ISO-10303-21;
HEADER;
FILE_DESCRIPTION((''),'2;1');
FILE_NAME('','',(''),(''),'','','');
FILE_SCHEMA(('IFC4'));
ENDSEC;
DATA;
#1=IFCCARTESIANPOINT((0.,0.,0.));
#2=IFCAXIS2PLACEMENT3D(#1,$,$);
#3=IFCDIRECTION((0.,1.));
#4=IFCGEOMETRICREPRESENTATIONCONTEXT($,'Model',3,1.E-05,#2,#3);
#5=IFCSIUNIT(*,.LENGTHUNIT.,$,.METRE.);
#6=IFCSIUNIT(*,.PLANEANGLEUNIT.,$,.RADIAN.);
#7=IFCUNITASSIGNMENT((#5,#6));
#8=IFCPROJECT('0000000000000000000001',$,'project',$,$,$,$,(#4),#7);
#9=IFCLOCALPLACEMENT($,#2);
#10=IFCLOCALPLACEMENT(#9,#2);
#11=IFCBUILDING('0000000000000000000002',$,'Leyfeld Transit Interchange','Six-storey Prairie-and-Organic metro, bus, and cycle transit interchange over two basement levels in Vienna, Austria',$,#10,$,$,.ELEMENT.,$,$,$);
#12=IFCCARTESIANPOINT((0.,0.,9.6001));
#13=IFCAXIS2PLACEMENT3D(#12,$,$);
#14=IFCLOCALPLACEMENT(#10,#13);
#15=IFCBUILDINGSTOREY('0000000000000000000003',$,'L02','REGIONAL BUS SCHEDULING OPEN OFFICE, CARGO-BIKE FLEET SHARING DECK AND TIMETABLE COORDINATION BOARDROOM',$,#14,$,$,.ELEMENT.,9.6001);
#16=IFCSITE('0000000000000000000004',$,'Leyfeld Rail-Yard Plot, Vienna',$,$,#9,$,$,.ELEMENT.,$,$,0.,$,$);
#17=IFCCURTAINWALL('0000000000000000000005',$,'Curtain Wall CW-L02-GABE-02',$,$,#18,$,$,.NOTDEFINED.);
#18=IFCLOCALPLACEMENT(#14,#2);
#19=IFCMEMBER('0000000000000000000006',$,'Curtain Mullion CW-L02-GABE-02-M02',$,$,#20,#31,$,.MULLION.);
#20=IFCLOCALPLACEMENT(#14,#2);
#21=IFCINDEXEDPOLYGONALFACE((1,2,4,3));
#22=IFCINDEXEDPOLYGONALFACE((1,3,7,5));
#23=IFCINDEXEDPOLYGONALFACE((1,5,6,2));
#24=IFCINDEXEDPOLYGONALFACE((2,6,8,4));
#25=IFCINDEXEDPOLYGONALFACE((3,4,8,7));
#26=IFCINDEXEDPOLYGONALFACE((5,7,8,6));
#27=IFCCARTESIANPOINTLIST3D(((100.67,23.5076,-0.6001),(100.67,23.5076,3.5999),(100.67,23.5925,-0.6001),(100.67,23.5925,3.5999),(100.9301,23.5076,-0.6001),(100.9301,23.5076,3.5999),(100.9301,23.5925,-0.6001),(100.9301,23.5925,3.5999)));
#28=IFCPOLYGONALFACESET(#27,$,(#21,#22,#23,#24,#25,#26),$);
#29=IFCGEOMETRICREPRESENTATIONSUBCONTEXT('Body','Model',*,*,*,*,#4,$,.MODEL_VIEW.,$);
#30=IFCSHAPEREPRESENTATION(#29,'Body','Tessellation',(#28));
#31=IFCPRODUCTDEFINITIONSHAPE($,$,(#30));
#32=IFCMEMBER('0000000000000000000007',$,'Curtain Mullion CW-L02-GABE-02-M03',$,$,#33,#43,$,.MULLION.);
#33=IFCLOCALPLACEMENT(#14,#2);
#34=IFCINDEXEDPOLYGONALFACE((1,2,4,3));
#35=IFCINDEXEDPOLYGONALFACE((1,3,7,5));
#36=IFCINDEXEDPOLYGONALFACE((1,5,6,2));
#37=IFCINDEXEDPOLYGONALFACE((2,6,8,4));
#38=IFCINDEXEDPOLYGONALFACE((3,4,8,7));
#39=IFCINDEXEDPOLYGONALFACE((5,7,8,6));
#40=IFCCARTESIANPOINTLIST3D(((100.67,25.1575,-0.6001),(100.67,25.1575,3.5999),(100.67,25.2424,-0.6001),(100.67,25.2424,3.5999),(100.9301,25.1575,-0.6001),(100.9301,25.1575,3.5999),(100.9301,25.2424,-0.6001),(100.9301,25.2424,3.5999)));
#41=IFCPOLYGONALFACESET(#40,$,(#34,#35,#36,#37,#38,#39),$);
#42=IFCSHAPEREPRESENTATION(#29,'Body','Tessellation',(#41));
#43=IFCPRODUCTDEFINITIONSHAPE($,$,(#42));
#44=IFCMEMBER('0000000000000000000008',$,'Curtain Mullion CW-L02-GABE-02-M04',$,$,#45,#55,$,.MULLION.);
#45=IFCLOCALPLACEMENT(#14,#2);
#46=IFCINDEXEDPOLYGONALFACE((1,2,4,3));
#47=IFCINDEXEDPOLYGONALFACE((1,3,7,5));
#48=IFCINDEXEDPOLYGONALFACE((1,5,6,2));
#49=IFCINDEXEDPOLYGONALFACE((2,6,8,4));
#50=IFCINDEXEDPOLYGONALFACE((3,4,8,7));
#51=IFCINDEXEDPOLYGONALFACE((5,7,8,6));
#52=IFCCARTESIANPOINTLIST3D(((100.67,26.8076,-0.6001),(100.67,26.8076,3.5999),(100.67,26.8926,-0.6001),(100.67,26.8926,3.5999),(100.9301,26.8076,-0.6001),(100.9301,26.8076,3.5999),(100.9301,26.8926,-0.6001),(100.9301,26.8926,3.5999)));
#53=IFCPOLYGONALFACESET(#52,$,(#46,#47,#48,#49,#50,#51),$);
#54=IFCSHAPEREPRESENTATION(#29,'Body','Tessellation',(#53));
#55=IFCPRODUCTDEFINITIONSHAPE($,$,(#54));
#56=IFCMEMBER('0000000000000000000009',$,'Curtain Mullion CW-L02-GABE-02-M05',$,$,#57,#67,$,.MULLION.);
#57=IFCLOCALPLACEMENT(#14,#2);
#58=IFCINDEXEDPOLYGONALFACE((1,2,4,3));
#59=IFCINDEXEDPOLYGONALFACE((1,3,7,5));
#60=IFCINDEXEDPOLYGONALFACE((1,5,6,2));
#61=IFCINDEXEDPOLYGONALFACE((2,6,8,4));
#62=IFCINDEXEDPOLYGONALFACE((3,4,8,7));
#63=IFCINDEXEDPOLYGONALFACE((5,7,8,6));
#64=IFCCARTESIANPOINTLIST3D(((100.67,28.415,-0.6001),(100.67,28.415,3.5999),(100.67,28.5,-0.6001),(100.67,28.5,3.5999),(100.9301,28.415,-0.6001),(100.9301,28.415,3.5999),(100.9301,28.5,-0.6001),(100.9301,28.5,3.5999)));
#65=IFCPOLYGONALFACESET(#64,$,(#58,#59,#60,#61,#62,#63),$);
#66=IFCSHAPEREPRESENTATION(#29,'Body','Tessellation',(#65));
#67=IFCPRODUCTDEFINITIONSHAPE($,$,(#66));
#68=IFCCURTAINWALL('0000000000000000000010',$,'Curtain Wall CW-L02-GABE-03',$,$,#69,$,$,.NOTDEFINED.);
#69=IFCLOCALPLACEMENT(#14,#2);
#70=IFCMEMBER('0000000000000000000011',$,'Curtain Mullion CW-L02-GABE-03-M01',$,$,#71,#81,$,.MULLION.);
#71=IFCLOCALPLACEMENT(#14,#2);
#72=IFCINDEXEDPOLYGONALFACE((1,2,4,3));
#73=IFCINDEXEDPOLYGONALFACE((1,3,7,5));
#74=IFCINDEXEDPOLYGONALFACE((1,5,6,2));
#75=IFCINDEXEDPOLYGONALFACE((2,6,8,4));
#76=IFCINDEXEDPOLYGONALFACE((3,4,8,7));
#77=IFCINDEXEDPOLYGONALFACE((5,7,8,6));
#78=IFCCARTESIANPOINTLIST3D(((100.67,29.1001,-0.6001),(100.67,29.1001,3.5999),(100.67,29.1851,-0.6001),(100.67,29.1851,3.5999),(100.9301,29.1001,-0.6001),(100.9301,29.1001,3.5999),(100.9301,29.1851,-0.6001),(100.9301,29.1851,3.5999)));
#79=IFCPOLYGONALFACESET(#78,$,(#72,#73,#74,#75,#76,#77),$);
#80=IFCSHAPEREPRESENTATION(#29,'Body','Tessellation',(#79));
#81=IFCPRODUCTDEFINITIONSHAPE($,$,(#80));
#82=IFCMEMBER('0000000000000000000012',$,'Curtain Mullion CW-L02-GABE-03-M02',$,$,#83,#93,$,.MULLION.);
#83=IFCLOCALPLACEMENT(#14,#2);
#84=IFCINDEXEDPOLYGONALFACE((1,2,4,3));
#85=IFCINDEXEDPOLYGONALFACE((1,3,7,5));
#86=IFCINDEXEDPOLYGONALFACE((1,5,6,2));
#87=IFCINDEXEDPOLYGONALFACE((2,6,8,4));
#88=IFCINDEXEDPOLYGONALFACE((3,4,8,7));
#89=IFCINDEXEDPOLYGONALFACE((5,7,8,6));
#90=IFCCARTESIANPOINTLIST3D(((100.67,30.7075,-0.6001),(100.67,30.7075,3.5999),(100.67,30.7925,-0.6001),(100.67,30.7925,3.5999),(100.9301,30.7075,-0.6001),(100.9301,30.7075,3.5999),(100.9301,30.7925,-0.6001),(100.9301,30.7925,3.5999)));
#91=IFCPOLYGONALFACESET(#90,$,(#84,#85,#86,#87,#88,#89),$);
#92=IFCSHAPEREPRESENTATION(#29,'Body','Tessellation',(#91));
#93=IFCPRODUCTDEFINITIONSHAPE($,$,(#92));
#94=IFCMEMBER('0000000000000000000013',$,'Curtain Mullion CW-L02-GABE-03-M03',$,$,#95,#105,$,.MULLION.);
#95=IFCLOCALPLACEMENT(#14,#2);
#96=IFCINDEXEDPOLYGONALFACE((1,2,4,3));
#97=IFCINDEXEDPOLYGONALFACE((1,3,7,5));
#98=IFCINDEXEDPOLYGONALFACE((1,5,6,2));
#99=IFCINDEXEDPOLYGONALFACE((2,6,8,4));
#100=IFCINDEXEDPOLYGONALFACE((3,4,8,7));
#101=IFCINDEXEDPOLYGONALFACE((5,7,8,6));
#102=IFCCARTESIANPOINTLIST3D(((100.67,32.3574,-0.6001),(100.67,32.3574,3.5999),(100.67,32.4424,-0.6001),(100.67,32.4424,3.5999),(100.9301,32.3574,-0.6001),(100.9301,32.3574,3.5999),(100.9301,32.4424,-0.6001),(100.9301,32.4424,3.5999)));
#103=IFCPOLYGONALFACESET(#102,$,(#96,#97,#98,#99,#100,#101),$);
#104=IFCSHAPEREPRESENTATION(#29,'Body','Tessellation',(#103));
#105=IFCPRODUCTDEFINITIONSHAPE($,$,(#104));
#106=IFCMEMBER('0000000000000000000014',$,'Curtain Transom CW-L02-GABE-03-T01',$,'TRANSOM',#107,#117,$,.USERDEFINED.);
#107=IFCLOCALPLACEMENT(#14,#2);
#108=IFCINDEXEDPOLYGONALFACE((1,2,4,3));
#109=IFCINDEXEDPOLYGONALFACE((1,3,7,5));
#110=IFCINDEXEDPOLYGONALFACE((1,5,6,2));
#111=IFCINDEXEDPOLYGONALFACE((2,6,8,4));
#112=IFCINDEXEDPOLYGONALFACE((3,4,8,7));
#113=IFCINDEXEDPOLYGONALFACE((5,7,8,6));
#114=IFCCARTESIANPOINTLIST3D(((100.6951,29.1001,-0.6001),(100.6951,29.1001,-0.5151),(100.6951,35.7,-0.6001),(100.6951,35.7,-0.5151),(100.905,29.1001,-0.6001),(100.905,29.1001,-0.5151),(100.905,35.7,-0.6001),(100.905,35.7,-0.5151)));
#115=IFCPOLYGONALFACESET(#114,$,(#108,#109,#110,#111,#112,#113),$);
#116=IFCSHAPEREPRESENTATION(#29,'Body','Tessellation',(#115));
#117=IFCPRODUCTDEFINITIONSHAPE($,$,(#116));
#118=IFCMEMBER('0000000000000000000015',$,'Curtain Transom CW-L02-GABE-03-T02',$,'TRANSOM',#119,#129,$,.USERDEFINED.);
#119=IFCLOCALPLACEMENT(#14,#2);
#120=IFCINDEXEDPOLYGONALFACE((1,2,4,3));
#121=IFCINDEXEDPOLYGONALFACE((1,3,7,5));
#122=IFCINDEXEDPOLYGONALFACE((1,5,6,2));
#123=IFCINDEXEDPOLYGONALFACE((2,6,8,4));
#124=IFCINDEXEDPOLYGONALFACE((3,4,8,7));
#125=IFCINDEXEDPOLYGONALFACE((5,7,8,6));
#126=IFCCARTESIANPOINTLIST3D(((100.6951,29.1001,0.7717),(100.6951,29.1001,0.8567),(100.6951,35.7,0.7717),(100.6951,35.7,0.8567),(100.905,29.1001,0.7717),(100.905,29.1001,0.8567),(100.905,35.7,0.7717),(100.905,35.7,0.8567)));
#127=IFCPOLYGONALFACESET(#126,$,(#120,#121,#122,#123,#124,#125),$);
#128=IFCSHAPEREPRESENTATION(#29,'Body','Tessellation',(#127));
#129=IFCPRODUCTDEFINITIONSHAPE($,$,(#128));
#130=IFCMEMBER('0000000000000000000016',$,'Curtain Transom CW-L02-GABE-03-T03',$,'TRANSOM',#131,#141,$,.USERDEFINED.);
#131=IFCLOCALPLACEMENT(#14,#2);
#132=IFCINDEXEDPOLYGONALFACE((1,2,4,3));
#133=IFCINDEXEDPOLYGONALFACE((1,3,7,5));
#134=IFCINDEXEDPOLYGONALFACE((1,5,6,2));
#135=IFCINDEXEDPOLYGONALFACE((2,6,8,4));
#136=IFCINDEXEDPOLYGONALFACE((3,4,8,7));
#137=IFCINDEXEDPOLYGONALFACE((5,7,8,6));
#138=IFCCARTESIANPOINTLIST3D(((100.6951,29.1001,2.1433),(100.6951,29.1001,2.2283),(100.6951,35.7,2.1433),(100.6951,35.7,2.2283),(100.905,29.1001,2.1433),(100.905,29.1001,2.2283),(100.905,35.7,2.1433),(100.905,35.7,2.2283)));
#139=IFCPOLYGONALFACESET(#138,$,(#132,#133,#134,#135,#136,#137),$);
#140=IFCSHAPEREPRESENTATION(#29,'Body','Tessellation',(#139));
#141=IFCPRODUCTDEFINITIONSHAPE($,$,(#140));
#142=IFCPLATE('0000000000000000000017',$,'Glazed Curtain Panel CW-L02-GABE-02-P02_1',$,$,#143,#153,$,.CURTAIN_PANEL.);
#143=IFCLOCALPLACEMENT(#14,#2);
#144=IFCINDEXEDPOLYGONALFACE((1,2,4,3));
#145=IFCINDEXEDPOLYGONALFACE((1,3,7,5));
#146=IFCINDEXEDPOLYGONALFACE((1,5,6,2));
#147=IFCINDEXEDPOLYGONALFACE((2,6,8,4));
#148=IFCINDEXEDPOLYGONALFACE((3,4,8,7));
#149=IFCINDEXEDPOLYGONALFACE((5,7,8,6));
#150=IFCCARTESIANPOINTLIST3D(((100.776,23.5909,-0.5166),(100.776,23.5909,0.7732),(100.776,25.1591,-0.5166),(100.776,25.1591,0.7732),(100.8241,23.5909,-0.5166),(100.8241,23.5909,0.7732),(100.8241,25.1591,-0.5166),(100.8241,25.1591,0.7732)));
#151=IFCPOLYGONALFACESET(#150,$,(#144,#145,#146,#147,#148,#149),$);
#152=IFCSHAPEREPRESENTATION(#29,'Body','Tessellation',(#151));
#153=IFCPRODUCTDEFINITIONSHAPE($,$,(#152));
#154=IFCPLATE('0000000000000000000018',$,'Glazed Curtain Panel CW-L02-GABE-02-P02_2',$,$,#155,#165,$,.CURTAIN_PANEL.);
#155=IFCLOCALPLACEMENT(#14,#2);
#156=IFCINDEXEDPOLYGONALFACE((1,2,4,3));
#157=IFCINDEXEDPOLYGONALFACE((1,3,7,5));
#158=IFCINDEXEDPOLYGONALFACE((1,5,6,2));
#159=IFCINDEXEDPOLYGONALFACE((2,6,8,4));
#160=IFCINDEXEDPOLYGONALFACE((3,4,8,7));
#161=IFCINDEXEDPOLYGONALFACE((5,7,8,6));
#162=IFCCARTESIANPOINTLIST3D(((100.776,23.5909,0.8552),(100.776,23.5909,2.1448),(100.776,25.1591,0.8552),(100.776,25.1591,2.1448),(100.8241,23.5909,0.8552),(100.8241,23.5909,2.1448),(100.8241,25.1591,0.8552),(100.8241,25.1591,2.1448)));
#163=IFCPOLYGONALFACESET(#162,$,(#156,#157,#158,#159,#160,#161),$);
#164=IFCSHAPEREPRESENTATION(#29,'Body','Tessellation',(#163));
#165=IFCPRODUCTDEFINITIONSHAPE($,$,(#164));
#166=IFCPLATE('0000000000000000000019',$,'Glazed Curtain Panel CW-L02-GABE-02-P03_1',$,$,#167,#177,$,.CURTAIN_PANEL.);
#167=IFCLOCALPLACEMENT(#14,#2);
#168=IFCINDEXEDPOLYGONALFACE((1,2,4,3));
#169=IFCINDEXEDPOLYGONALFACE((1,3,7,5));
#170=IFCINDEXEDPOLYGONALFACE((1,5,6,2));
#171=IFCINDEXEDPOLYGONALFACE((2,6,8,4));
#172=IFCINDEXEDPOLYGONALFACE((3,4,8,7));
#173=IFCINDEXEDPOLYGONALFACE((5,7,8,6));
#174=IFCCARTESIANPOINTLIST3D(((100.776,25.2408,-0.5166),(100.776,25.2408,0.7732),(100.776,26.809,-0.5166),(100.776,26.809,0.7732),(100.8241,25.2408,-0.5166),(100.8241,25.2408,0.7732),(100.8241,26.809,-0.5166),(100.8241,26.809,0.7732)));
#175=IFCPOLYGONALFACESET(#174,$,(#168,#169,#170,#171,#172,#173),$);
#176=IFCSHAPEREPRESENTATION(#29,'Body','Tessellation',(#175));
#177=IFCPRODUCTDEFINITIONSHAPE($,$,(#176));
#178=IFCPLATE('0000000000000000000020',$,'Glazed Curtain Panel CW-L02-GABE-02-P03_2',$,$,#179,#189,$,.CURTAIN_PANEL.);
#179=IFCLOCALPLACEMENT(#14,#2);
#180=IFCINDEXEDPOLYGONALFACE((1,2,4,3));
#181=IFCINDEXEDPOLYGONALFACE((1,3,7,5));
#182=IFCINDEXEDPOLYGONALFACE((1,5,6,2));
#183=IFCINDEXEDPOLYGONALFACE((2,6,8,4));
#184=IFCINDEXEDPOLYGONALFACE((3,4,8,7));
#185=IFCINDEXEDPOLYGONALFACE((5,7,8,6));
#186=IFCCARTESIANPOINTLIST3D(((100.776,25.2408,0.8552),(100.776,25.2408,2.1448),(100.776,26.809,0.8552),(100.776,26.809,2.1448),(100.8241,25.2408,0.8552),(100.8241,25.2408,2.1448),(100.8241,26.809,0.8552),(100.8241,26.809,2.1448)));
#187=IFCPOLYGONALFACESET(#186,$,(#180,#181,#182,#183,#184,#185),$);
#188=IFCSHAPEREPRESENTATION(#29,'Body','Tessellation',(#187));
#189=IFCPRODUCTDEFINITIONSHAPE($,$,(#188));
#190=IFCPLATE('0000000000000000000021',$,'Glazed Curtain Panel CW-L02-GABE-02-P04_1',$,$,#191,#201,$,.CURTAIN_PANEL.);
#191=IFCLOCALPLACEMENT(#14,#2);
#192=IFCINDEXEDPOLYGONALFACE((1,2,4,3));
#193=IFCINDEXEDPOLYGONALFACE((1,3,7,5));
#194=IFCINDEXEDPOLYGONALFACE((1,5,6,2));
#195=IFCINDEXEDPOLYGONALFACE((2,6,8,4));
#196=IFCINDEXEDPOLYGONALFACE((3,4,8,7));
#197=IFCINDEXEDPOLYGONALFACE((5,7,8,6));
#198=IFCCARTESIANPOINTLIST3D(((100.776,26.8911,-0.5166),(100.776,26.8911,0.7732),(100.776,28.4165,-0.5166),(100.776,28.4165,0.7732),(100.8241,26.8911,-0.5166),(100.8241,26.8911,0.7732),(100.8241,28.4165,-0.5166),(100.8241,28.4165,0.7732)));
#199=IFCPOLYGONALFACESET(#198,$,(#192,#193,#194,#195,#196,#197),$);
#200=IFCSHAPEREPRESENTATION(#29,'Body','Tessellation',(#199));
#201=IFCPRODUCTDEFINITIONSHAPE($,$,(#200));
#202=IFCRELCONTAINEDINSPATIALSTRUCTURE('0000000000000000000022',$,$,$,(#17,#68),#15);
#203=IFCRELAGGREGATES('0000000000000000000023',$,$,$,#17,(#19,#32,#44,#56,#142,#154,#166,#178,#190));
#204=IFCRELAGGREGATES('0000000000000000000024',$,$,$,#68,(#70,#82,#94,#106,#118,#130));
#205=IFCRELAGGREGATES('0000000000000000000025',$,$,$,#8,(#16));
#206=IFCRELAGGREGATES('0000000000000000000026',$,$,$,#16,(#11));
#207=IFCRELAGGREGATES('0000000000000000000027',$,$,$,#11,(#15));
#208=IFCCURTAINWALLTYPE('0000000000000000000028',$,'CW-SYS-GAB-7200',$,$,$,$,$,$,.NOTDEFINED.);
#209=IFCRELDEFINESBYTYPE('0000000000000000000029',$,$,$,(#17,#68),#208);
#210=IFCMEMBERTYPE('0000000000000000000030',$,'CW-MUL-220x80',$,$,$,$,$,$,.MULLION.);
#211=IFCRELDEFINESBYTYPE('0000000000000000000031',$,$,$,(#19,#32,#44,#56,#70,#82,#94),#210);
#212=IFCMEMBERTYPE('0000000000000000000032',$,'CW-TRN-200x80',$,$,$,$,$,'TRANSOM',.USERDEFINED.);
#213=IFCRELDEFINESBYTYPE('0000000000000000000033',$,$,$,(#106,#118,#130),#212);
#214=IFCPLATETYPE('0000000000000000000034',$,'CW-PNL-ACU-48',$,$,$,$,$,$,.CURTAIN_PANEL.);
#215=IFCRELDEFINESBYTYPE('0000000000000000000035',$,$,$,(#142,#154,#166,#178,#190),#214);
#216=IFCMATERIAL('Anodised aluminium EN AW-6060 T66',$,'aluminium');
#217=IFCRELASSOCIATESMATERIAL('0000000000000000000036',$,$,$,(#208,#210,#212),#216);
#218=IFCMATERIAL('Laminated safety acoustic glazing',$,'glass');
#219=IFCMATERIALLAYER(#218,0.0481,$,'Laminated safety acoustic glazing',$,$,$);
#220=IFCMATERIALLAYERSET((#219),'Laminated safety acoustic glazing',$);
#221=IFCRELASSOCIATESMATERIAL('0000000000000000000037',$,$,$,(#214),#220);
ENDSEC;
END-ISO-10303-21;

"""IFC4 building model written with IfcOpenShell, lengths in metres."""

from ifc_helpers import new_model, si_unit, direction, frame, origin, origin_2d, place, context, subcontext, project, spatial, rectangle, extrude, material, layer, layer_set, material_profile, profile_set, type_object, element, aggregate, save


model = new_model("IFC4")

# Units and contexts
model_context = context("Model", 3, precision=1e-05, world=origin(), true_north=direction((0.0, 1.0)))
body_context = subcontext(model_context, "Body", "Model", "MODEL_VIEW")
ifc_project = project(units=[si_unit("LENGTHUNIT", "METRE"), si_unit("PLANEANGLEUNIT", "RADIAN")], contexts=[model_context])

# Site, building, storey
site_placement = place(None, origin())
site = spatial("IfcSite", under=ifc_project, at=site_placement, Name="Leyfeld Rail-Yard Plot, Vienna", CompositionType="ELEMENT", RefElevation=0.0)
building_placement = place(site_placement, origin())
building = spatial("IfcBuilding", under=site, at=building_placement, Name="Leyfeld Transit Interchange", Description="Six-storey Prairie-and-Organic metro, bus, and cycle transit interchange over two basement levels in Vienna, Austria", CompositionType="ELEMENT")
storey_placement = place(building_placement, frame((0.0, 0.0, 9.6001)))
storey = spatial("IfcBuildingStorey", under=building, at=storey_placement, Name="L02", Description="REGIONAL BUS SCHEDULING OPEN OFFICE, CARGO-BIKE FLEET SHARING DECK AND TIMETABLE COORDINATION BOARDROOM", CompositionType="ELEMENT", Elevation=9.6001)

# Curtain walls, members
ifc_material_1 = material(Name="Anodised aluminium EN AW-6060 T66", Category="aluminium")
curtain_wall_type = type_object("IfcCurtainWallType", Name="CW-SYS-GAB-7200", PredefinedType="NOTDEFINED", material=ifc_material_1)
curtain_wall_1_placement = place(storey_placement, origin())
curtain_wall_1 = element("IfcCurtainWall", 1, at=curtain_wall_1_placement, inside=storey, type_object=curtain_wall_type, Name="Curtain Wall CW-L02-GABE-02", PredefinedType="NOTDEFINED")
ifc_material_profile_1 = material_profile(ifc_material_1, rectangle(XDim=0.085, YDim=0.26, at=origin_2d()), Name="CW-M 85x260")
ifc_profile_set_1 = profile_set([ifc_material_profile_1], Name="Anodised aluminium EN AW-6060 T66")
member_type_1 = type_object("IfcMemberType", Name="CW-MUL-220x80", PredefinedType="MULLION", material=ifc_profile_set_1)
member_1_placement = place(storey_placement, frame((100.8, 23.55, -0.6001), z_axis=(0.0, 0.0, 1.0), x_axis=(0.0, 1.0, 0.0)))
member_1 = element("IfcMember", 2, at=member_1_placement, type_object=member_type_1, Name="Curtain Mullion CW-L02-GABE-02-M02", PredefinedType="MULLION", context=body_context, shape_type="SweptSolid", body=[
    extrude(rectangle(XDim=0.085, YDim=0.26, at=origin_2d()), origin(), (0.0, 0.0, 1.0), 4.2),
])
member_2_placement = place(storey_placement, frame((100.8, 25.2, -0.6001), z_axis=(0.0, 0.0, 1.0), x_axis=(0.0, 1.0, 0.0)))
member_2 = element("IfcMember", 3, at=member_2_placement, type_object=member_type_1, Name="Curtain Mullion CW-L02-GABE-02-M03", PredefinedType="MULLION", context=body_context, shape_type="SweptSolid", body=[
    extrude(rectangle(XDim=0.085, YDim=0.26, at=origin_2d()), origin(), (0.0, 0.0, 1.0), 4.2),
])
member_3_placement = place(storey_placement, frame((100.8, 26.8501, -0.6001), z_axis=(0.0, 0.0, 1.0), x_axis=(0.0, 1.0, 0.0)))
member_3 = element("IfcMember", 4, at=member_3_placement, type_object=member_type_1, Name="Curtain Mullion CW-L02-GABE-02-M04", PredefinedType="MULLION", context=body_context, shape_type="SweptSolid", body=[
    extrude(rectangle(XDim=0.085, YDim=0.26, at=origin_2d()), origin(), (0.0, 0.0, 1.0), 4.2),
])
member_4_placement = place(storey_placement, frame((100.8, 28.4575, -0.6001), z_axis=(0.0, 0.0, 1.0), x_axis=(0.0, 1.0, 0.0)))
member_4 = element("IfcMember", 5, at=member_4_placement, type_object=member_type_1, Name="Curtain Mullion CW-L02-GABE-02-M05", PredefinedType="MULLION", context=body_context, shape_type="SweptSolid", body=[
    extrude(rectangle(XDim=0.085, YDim=0.26, at=origin_2d()), origin(), (0.0, 0.0, 1.0), 4.2),
])
curtain_wall_2_placement = place(storey_placement, origin())
curtain_wall_2 = element("IfcCurtainWall", 6, at=curtain_wall_2_placement, inside=storey, type_object=curtain_wall_type, Name="Curtain Wall CW-L02-GABE-03", PredefinedType="NOTDEFINED")
member_5_placement = place(storey_placement, frame((100.8, 29.1426, -0.6001), z_axis=(0.0, 0.0, 1.0), x_axis=(0.0, 1.0, 0.0)))
member_5 = element("IfcMember", 7, at=member_5_placement, type_object=member_type_1, Name="Curtain Mullion CW-L02-GABE-03-M01", PredefinedType="MULLION", context=body_context, shape_type="SweptSolid", body=[
    extrude(rectangle(XDim=0.085, YDim=0.26, at=origin_2d()), origin(), (0.0, 0.0, 1.0), 4.2),
])
member_6_placement = place(storey_placement, frame((100.8, 30.75, -0.6001), z_axis=(0.0, 0.0, 1.0), x_axis=(0.0, 1.0, 0.0)))
member_6 = element("IfcMember", 8, at=member_6_placement, type_object=member_type_1, Name="Curtain Mullion CW-L02-GABE-03-M02", PredefinedType="MULLION", context=body_context, shape_type="SweptSolid", body=[
    extrude(rectangle(XDim=0.085, YDim=0.26, at=origin_2d()), origin(), (0.0, 0.0, 1.0), 4.2),
])
member_7_placement = place(storey_placement, frame((100.8, 32.3999, -0.6001), z_axis=(0.0, 0.0, 1.0), x_axis=(0.0, 1.0, 0.0)))
member_7 = element("IfcMember", 9, at=member_7_placement, type_object=member_type_1, Name="Curtain Mullion CW-L02-GABE-03-M03", PredefinedType="MULLION", context=body_context, shape_type="SweptSolid", body=[
    extrude(rectangle(XDim=0.085, YDim=0.26, at=origin_2d()), origin(), (0.0, 0.0, 1.0), 4.2),
])
ifc_material_profile_2 = material_profile(ifc_material_1, rectangle(XDim=0.21, YDim=0.085, at=origin_2d()), Name="CW-TRN-200x80")
ifc_profile_set_2 = profile_set([ifc_material_profile_2], Name="Anodised aluminium EN AW-6060 T66")
member_type_2 = type_object("IfcMemberType", Name="CW-TRN-200x80", ElementType="TRANSOM", PredefinedType="USERDEFINED", material=ifc_profile_set_2)
member_8_placement = place(storey_placement, frame((100.8, 29.1001, -0.5576), z_axis=(0.0, 1.0, 0.0), x_axis=(-1.0, 0.0, 0.0)))
member_8 = element("IfcMember", 10, at=member_8_placement, type_object=member_type_2, Name="Curtain Transom CW-L02-GABE-03-T01", ObjectType="TRANSOM", PredefinedType="USERDEFINED", context=body_context, shape_type="SweptSolid", body=[
    extrude(rectangle(XDim=0.21, YDim=0.085, at=origin_2d()), origin(), (0.0, 0.0, 1.0), 6.5999),
])
member_9_placement = place(storey_placement, frame((100.8, 29.1001, 0.8142), z_axis=(0.0, 1.0, 0.0), x_axis=(-1.0, 0.0, 0.0)))
member_9 = element("IfcMember", 11, at=member_9_placement, type_object=member_type_2, Name="Curtain Transom CW-L02-GABE-03-T02", ObjectType="TRANSOM", PredefinedType="USERDEFINED", context=body_context, shape_type="SweptSolid", body=[
    extrude(rectangle(XDim=0.21, YDim=0.085, at=origin_2d()), origin(), (0.0, 0.0, 1.0), 6.5999),
])
member_10_placement = place(storey_placement, frame((100.8, 29.1001, 2.1858), z_axis=(0.0, 1.0, 0.0), x_axis=(-1.0, 0.0, 0.0)))
member_10 = element("IfcMember", 12, at=member_10_placement, type_object=member_type_2, Name="Curtain Transom CW-L02-GABE-03-T03", ObjectType="TRANSOM", PredefinedType="USERDEFINED", context=body_context, shape_type="SweptSolid", body=[
    extrude(rectangle(XDim=0.21, YDim=0.085, at=origin_2d()), origin(), (0.0, 0.0, 1.0), 6.5999),
])

# Plates
ifc_material_2 = material(Name="Laminated safety acoustic glazing", Category="glass")
ifc_layer = layer(ifc_material_2, 0.0481, Name="Laminated safety acoustic glazing")
ifc_layer_set = layer_set([ifc_layer], Name="Laminated safety acoustic glazing")
plate_type = type_object("IfcPlateType", Name="CW-PNL-ACU-48", PredefinedType="CURTAIN_PANEL", material=ifc_layer_set)
plate_1_placement = place(storey_placement, frame((100.8, 24.375, -0.5166), z_axis=(0.0, 0.0, 1.0), x_axis=(0.0, 1.0, 0.0)))
plate_1 = element("IfcPlate", 13, at=plate_1_placement, type_object=plate_type, Name="Glazed Curtain Panel CW-L02-GABE-02-P02_1", PredefinedType="CURTAIN_PANEL", context=body_context, shape_type="SweptSolid", body=[
    extrude(rectangle(XDim=1.5681, YDim=0.0481, at=origin_2d()), origin(), (0.0, 0.0, 1.0), 1.2898),
])
plate_2_placement = place(storey_placement, frame((100.8, 24.375, 0.8552), z_axis=(0.0, 0.0, 1.0), x_axis=(0.0, 1.0, 0.0)))
plate_2 = element("IfcPlate", 14, at=plate_2_placement, type_object=plate_type, Name="Glazed Curtain Panel CW-L02-GABE-02-P02_2", PredefinedType="CURTAIN_PANEL", context=body_context, shape_type="SweptSolid", body=[
    extrude(rectangle(XDim=1.5681, YDim=0.0481, at=origin_2d()), origin(), (0.0, 0.0, 1.0), 1.2896),
])
plate_3_placement = place(storey_placement, frame((100.8, 26.0249, -0.5166), z_axis=(0.0, 0.0, 1.0), x_axis=(0.0, 1.0, 0.0)))
plate_3 = element("IfcPlate", 15, at=plate_3_placement, type_object=plate_type, Name="Glazed Curtain Panel CW-L02-GABE-02-P03_1", PredefinedType="CURTAIN_PANEL", context=body_context, shape_type="SweptSolid", body=[
    extrude(rectangle(XDim=1.5681, YDim=0.0481, at=origin_2d()), origin(), (0.0, 0.0, 1.0), 1.2898),
])
plate_4_placement = place(storey_placement, frame((100.8, 26.0249, 0.8552), z_axis=(0.0, 0.0, 1.0), x_axis=(0.0, 1.0, 0.0)))
plate_4 = element("IfcPlate", 16, at=plate_4_placement, type_object=plate_type, Name="Glazed Curtain Panel CW-L02-GABE-02-P03_2", PredefinedType="CURTAIN_PANEL", context=body_context, shape_type="SweptSolid", body=[
    extrude(rectangle(XDim=1.5681, YDim=0.0481, at=origin_2d()), origin(), (0.0, 0.0, 1.0), 1.2896),
])
plate_5_placement = place(storey_placement, frame((100.8, 27.6538, -0.5166), z_axis=(0.0, 0.0, 1.0), x_axis=(0.0, 1.0, 0.0)))
plate_5 = element("IfcPlate", 17, at=plate_5_placement, type_object=plate_type, Name="Glazed Curtain Panel CW-L02-GABE-02-P04_1", PredefinedType="CURTAIN_PANEL", context=body_context, shape_type="SweptSolid", body=[
    extrude(rectangle(XDim=1.5254, YDim=0.0481, at=origin_2d()), origin(), (0.0, 0.0, 1.0), 1.2898),
])
aggregate(curtain_wall_1, [member_1, member_2, member_3, member_4, plate_1, plate_2, plate_3, plate_4, plate_5])
aggregate(curtain_wall_2, [member_5, member_6, member_7, member_8, member_9, member_10])

save(model, "model.ifc")
